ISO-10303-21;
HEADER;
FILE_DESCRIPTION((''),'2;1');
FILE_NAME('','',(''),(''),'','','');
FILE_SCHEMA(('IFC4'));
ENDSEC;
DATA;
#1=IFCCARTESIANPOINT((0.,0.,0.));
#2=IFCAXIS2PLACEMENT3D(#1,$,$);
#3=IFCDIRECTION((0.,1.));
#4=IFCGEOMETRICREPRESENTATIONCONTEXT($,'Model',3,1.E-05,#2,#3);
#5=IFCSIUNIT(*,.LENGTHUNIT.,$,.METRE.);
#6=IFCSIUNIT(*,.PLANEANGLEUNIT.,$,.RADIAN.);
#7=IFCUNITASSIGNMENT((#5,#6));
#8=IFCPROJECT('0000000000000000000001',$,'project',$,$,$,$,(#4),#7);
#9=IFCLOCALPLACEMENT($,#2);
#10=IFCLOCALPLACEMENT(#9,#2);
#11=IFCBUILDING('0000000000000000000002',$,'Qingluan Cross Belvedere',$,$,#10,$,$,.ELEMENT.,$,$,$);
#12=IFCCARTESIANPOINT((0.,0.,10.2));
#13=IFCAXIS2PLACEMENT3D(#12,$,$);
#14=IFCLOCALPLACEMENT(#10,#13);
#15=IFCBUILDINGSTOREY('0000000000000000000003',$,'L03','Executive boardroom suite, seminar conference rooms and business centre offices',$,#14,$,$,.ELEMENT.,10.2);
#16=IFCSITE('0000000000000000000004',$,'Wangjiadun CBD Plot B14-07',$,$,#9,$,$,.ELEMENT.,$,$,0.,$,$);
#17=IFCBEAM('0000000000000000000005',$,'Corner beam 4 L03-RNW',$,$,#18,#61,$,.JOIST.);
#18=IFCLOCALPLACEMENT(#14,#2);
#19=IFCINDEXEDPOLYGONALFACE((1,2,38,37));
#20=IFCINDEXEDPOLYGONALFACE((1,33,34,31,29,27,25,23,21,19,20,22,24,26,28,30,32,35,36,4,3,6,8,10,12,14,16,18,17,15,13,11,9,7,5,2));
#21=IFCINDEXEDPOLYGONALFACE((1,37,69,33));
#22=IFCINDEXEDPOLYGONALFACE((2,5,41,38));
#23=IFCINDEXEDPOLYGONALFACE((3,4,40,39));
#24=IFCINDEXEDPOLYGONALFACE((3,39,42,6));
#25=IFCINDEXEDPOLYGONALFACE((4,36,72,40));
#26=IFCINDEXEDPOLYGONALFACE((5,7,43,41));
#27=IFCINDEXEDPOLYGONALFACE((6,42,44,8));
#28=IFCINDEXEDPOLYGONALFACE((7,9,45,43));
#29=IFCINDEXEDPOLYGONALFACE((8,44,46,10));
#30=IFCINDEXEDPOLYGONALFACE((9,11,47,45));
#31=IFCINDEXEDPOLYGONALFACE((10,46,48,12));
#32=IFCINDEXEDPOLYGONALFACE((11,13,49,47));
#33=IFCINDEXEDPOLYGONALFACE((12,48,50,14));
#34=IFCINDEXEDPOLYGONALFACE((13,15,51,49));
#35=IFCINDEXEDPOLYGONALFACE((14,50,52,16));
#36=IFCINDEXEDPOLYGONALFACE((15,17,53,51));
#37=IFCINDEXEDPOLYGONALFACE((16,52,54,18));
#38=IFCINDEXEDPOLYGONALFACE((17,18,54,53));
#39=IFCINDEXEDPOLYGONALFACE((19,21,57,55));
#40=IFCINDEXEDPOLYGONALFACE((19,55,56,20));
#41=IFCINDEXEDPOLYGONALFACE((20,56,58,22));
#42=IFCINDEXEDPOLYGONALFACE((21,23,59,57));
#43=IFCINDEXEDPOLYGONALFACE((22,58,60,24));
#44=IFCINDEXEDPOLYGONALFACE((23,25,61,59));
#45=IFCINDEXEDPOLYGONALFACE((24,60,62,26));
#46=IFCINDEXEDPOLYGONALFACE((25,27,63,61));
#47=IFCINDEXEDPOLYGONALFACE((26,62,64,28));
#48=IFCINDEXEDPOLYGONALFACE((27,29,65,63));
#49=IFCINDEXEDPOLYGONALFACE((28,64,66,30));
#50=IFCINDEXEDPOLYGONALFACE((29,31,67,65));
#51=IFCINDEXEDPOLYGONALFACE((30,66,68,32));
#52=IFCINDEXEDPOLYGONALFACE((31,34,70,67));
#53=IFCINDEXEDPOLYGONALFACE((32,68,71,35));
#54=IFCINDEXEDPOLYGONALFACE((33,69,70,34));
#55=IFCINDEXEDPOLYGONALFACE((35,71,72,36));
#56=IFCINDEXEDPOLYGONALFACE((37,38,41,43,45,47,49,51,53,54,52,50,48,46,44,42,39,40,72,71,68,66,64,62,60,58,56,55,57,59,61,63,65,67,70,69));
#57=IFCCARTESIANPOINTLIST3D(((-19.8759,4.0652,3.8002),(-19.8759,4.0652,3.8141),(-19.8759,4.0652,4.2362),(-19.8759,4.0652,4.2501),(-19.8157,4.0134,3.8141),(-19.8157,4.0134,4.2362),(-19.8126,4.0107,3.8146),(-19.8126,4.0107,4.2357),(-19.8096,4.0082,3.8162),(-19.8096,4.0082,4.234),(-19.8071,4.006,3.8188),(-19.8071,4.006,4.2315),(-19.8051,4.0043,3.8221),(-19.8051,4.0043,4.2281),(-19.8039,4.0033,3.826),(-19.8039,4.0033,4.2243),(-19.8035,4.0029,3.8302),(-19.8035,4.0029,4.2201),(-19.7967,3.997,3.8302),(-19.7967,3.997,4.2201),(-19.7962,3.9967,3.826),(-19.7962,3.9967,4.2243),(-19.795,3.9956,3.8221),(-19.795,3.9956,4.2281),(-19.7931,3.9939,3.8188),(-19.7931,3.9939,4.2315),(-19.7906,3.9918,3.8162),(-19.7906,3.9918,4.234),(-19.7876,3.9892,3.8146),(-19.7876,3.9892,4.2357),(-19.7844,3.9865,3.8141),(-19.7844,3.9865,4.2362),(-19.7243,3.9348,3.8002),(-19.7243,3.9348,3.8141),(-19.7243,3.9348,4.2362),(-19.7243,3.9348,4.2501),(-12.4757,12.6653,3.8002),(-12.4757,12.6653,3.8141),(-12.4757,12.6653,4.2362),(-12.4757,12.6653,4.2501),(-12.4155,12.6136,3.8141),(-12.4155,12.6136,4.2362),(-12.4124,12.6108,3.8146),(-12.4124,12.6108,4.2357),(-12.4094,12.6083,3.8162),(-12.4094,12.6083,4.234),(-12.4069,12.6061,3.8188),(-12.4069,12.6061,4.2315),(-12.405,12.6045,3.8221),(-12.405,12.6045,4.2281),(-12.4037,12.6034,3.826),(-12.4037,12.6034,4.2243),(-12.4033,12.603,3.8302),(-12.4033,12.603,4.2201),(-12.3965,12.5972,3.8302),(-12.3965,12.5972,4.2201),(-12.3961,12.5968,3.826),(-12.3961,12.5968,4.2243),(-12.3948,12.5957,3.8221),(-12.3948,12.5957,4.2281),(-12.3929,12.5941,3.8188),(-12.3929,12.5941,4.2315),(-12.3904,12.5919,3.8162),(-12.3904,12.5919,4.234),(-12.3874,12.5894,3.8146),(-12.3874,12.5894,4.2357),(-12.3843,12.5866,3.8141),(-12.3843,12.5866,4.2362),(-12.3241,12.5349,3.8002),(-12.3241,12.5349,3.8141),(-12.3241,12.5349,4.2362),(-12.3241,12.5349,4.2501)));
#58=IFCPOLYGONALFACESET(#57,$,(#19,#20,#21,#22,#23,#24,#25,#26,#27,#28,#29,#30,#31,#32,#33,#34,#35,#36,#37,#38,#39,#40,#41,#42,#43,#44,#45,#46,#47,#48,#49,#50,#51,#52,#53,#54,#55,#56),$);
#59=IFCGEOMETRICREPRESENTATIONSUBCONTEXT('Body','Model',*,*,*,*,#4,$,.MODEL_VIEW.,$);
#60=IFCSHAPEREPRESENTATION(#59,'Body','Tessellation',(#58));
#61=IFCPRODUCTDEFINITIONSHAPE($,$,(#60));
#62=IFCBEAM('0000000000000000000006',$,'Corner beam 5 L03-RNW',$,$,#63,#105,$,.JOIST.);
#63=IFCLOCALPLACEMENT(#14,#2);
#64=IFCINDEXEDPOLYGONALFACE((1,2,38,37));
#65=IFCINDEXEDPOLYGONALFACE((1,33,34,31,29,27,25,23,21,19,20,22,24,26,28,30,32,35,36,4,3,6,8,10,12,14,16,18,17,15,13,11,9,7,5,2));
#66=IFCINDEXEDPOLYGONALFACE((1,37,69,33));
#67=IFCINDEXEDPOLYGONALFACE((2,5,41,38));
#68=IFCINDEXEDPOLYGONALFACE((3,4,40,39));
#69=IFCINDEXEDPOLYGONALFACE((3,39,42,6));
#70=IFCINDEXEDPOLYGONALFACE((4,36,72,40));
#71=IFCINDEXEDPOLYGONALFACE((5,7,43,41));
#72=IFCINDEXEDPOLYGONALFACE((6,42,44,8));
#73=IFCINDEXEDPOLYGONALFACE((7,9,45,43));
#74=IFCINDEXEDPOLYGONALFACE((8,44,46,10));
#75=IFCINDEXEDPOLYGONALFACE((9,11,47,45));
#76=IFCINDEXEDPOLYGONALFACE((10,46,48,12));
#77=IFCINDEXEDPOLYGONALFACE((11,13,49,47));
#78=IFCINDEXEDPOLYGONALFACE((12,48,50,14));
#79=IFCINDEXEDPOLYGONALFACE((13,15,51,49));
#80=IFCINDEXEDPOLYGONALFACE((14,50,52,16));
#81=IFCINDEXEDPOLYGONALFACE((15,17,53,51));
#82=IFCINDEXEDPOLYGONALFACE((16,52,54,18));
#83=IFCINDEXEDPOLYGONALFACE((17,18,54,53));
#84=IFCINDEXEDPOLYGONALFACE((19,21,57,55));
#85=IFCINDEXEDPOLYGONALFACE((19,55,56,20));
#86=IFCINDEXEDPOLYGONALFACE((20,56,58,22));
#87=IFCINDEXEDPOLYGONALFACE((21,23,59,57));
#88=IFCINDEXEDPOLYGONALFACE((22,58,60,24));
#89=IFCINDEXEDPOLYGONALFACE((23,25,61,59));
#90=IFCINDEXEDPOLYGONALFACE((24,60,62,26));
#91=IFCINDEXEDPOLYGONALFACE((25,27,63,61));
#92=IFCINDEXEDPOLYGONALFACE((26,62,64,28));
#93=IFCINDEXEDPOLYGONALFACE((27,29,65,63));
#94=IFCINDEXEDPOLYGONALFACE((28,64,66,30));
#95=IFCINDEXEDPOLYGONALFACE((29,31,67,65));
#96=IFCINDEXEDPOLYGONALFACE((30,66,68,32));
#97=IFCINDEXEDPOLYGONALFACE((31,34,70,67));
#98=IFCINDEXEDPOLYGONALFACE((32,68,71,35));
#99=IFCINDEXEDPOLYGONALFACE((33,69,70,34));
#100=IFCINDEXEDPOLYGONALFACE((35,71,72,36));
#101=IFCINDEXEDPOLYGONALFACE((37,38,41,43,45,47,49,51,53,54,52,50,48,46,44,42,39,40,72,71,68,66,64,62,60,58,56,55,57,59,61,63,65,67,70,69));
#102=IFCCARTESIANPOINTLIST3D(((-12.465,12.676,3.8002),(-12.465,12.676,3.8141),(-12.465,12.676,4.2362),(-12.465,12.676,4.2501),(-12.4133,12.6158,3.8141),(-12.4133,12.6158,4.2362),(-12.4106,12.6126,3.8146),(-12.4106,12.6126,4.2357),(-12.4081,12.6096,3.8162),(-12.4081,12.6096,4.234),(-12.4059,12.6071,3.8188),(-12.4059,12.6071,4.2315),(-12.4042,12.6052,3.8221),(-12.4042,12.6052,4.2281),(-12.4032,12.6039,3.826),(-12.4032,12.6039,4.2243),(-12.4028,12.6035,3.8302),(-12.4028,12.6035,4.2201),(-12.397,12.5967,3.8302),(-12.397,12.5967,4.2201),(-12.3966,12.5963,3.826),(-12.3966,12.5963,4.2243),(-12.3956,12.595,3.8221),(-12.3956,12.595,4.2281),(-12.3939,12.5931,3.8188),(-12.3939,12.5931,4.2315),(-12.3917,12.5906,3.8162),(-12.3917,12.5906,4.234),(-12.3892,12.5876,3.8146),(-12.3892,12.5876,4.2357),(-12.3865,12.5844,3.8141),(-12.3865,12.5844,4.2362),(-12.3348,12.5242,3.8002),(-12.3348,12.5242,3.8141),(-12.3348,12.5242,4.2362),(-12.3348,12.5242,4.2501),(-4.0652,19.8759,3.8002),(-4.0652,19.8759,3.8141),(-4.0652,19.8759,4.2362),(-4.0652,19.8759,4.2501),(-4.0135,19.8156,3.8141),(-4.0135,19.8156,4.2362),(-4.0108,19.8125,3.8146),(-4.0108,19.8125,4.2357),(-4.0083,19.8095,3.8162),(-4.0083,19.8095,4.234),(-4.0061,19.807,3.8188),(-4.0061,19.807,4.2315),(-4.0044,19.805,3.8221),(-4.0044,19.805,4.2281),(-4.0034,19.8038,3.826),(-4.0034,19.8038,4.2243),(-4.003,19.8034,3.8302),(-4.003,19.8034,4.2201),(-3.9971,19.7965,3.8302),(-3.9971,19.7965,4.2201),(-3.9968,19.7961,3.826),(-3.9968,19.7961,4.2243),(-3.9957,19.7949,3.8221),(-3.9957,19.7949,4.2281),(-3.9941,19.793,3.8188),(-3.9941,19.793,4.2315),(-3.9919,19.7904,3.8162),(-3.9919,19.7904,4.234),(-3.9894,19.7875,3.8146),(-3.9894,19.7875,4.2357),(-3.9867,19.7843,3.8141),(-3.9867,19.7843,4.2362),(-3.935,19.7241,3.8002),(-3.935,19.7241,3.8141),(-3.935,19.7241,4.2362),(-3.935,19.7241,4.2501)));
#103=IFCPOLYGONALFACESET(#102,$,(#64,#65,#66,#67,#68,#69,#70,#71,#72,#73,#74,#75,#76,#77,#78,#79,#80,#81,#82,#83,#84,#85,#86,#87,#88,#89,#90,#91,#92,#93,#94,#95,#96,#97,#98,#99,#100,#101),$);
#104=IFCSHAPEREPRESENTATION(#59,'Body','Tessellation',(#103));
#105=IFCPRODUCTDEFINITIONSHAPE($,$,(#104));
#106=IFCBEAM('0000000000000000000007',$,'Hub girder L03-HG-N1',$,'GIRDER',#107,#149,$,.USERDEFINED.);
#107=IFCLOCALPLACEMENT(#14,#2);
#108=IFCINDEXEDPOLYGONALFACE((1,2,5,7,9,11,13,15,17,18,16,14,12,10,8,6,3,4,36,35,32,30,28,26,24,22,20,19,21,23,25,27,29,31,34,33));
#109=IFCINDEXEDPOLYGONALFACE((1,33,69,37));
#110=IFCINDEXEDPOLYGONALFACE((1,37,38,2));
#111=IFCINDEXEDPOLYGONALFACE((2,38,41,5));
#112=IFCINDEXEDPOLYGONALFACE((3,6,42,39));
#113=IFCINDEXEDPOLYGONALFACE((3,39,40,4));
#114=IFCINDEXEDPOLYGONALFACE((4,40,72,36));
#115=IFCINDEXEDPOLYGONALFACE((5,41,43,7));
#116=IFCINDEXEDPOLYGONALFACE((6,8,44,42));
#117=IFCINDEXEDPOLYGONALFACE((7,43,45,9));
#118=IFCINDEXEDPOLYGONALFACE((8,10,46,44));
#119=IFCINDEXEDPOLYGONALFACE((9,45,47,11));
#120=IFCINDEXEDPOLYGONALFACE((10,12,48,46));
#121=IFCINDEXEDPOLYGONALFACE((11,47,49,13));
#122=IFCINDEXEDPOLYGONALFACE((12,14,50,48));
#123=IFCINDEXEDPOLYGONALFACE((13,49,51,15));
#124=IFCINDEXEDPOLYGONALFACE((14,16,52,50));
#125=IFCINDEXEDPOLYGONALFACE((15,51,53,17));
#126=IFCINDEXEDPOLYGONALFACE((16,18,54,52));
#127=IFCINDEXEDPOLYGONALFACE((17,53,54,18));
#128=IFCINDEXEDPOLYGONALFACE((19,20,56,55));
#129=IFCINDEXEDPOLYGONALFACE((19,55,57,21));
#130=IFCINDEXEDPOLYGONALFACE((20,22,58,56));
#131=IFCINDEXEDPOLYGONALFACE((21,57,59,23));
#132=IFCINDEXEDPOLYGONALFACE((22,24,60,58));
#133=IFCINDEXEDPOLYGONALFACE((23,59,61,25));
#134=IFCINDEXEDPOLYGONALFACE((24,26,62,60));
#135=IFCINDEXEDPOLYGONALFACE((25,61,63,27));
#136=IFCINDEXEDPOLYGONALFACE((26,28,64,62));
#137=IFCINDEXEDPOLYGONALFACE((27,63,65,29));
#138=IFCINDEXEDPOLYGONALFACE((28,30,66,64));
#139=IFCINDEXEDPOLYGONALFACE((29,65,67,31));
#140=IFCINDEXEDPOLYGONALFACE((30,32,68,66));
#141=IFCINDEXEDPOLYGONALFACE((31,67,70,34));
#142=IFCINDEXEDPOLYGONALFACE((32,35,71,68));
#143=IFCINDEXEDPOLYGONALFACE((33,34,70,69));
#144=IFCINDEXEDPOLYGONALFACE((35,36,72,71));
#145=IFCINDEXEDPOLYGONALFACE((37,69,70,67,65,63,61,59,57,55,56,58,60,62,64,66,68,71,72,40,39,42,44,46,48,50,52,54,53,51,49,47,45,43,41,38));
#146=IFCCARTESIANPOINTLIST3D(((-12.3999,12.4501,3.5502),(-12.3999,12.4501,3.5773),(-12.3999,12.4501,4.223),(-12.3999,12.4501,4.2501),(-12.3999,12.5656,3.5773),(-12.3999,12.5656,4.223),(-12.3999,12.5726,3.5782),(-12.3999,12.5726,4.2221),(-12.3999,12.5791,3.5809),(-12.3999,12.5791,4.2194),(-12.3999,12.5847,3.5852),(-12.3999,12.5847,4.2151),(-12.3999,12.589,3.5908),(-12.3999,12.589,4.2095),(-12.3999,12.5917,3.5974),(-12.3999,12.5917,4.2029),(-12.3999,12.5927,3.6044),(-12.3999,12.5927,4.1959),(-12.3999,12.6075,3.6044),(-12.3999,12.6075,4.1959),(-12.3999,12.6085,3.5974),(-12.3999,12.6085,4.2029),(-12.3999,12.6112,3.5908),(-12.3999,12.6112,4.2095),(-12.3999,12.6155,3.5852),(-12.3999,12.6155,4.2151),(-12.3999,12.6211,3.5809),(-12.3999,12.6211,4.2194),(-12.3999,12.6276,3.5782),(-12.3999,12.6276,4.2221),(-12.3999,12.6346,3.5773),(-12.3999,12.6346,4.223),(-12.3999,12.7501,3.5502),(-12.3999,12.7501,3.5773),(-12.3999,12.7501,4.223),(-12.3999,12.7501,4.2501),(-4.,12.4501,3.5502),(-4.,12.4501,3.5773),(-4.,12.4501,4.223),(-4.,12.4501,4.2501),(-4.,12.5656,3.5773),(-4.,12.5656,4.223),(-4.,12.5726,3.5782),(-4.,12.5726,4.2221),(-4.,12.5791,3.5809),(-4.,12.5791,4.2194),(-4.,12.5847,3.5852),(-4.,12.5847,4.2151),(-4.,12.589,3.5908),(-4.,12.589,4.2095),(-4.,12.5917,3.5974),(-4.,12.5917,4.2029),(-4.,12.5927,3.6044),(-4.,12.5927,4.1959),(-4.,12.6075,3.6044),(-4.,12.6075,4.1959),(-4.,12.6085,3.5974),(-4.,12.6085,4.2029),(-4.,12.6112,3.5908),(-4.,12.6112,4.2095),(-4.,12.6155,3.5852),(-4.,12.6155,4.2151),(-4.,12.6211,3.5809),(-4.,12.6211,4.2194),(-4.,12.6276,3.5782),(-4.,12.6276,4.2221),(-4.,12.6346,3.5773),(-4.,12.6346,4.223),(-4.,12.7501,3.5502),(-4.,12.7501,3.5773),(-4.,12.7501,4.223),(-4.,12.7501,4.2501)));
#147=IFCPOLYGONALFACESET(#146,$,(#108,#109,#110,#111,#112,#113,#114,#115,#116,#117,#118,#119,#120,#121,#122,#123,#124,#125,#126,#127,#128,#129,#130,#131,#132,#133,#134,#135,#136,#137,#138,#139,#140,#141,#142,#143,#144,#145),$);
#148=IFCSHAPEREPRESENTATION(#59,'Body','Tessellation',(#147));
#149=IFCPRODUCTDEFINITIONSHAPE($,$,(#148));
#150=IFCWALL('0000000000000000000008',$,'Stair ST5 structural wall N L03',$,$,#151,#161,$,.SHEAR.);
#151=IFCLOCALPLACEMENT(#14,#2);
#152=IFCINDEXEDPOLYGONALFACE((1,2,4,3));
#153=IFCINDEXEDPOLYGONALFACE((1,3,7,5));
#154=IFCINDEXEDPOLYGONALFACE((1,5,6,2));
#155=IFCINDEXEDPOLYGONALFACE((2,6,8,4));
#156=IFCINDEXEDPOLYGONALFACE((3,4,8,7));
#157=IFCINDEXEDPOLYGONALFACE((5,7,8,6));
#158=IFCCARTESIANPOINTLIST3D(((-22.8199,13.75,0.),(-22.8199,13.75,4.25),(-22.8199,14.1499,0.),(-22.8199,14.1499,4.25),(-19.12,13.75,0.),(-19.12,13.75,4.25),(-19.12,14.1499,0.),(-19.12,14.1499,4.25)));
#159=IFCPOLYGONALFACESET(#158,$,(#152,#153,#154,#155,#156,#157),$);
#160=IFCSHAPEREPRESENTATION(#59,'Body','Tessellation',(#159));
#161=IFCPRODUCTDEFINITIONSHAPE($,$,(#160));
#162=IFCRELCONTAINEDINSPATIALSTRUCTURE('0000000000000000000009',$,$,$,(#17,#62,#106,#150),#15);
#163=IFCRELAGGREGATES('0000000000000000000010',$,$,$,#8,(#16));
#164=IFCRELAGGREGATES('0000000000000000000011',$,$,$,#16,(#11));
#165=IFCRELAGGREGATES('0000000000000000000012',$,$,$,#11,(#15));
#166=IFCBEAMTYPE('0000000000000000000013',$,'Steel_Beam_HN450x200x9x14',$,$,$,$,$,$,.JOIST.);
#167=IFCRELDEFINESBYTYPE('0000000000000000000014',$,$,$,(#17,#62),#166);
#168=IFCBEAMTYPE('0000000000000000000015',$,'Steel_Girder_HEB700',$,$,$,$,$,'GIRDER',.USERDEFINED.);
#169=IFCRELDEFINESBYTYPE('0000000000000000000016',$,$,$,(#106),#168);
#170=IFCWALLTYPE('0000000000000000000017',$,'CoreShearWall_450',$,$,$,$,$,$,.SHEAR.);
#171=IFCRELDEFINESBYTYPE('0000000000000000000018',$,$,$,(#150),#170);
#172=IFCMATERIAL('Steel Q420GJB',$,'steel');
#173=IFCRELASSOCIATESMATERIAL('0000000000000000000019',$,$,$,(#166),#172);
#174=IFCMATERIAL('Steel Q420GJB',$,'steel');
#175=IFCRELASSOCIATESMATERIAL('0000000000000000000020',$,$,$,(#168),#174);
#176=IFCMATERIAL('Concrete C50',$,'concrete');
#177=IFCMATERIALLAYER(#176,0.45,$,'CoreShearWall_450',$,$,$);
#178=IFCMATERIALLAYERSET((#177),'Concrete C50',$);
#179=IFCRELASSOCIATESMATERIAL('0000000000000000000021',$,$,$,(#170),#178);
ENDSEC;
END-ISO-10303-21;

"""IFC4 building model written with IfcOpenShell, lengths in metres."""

from ifc_helpers import new_model, si_unit, direction, frame, frame_2d, origin, origin_2d, place, context, subcontext, project, spatial, rectangle, i_section, extrude, material, layer, layer_set, material_profile, profile_set, type_object, element, save


model = new_model("IFC4")

# Units and contexts
model_context = context("Model", 3, precision=1e-05, world=origin(), true_north=direction((0.0, 1.0)))
body_context = subcontext(model_context, "Body", "Model", "MODEL_VIEW")
ifc_project = project(units=[si_unit("LENGTHUNIT", "METRE"), si_unit("PLANEANGLEUNIT", "RADIAN")], contexts=[model_context])

# Site, building, storey
site_placement = place(None, origin())
site = spatial("IfcSite", under=ifc_project, at=site_placement, Name="Wangjiadun CBD Plot B14-07", CompositionType="ELEMENT", RefElevation=0.0)
building_placement = place(site_placement, origin())
building = spatial("IfcBuilding", under=site, at=building_placement, Name="Qingluan Cross Belvedere", CompositionType="ELEMENT")
storey_placement = place(building_placement, frame((0.0, 0.0, 10.2)))
storey = spatial("IfcBuildingStorey", under=building, at=storey_placement, Name="L03", Description="Executive boardroom suite, seminar conference rooms and business centre offices", CompositionType="ELEMENT", Elevation=10.2)

# Beams
ifc_material_1 = material(Name="Steel Q420GJB", Category="steel")
ifc_material_profile_1 = material_profile(ifc_material_1, i_section(OverallWidth=0.2, OverallDepth=0.45, WebThickness=0.009, FlangeThickness=0.0139, FilletRadius=0.0161, at=origin_2d()), Name="HN450x200x9x14")
ifc_profile_set_1 = profile_set([ifc_material_profile_1], Name="Steel Q420GJB")
beam_type_1 = type_object("IfcBeamType", Name="Steel_Beam_HN450x200x9x14", PredefinedType="JOIST", material=ifc_profile_set_1)
beam_1_placement = place(storey_placement, frame((-12.3999, 12.6001, 4.0251), z_axis=(-0.652245, -0.758008, 0.0), x_axis=(0.758008, -0.652245, 0.0)))
element("IfcBeam", 1, at=beam_1_placement, inside=storey, type_object=beam_type_1, Name="Corner beam 4 L03-RNW", PredefinedType="JOIST", context=body_context, shape_type="SweptSolid", body=[
    extrude(i_section(OverallWidth=0.2, OverallDepth=0.45, WebThickness=0.009, FlangeThickness=0.0139, FilletRadius=0.0161, at=origin_2d()), origin(), (0.0, 0.0, 1.0), 11.3457),
])
beam_2_placement = place(storey_placement, frame((-12.3999, 12.6001, 4.0251), z_axis=(0.759255, 0.650793, 0.0), x_axis=(-0.650793, 0.759255, 0.0)))
element("IfcBeam", 2, at=beam_2_placement, inside=storey, type_object=beam_type_1, Name="Corner beam 5 L03-RNW", PredefinedType="JOIST", context=body_context, shape_type="SweptSolid", body=[
    extrude(i_section(OverallWidth=0.2, OverallDepth=0.45, WebThickness=0.009, FlangeThickness=0.0139, FilletRadius=0.0161, at=origin_2d()), origin(), (0.0, 0.0, 1.0), 11.0632),
])
ifc_material_2 = material(Name="Steel Q420GJB", Category="steel")
ifc_material_profile_2 = material_profile(ifc_material_2, i_section(OverallWidth=0.3, OverallDepth=0.7, WebThickness=0.0149, FlangeThickness=0.0271, FilletRadius=0.0271, at=origin_2d()), Name="HEB700")
ifc_profile_set_2 = profile_set([ifc_material_profile_2], Name="Steel Q420GJB")
beam_type_2 = type_object("IfcBeamType", Name="Steel_Girder_HEB700", ElementType="GIRDER", PredefinedType="USERDEFINED", material=ifc_profile_set_2)
beam_3_placement = place(storey_placement, frame((-12.3999, 12.6001, 3.9001), z_axis=(1.0, 0.0, 0.0), x_axis=(0.0, 1.0, 0.0)))
element("IfcBeam", 3, at=beam_3_placement, inside=storey, type_object=beam_type_2, Name="Hub girder L03-HG-N1", ObjectType="GIRDER", PredefinedType="USERDEFINED", context=body_context, shape_type="SweptSolid", body=[
    extrude(i_section(OverallWidth=0.3, OverallDepth=0.7, WebThickness=0.0149, FlangeThickness=0.0271, FilletRadius=0.0271, at=origin_2d()), origin(), (0.0, 0.0, 1.0), 8.3999),
])

# Wall
ifc_material_3 = material(Name="Concrete C50", Category="concrete")
ifc_layer_1 = layer(ifc_material_3, 0.45, Name="CoreShearWall_450")
ifc_layer_set_1 = layer_set([ifc_layer_1], Name="Concrete C50")
wall_type_1 = type_object("IfcWallType", Name="CoreShearWall_450", PredefinedType="SHEAR", material=ifc_layer_set_1)
wall_1_placement = place(storey_placement, frame((-22.8201, 13.95, 0.0), z_axis=(0.0, 0.0, 1.0), x_axis=(1.0, 0.0, 0.0)))
element("IfcWall", 4, at=wall_1_placement, inside=storey, type_object=wall_type_1, Name="Stair ST5 structural wall N L03", PredefinedType="SHEAR", context=body_context, shape_type="SweptSolid", body=[
    extrude(rectangle(XDim=3.7, YDim=0.3999, at=frame_2d((1.8501, 0.0))), origin(), (0.0, 0.0, 1.0), 4.25),
])

save(model, "model.ifc")
